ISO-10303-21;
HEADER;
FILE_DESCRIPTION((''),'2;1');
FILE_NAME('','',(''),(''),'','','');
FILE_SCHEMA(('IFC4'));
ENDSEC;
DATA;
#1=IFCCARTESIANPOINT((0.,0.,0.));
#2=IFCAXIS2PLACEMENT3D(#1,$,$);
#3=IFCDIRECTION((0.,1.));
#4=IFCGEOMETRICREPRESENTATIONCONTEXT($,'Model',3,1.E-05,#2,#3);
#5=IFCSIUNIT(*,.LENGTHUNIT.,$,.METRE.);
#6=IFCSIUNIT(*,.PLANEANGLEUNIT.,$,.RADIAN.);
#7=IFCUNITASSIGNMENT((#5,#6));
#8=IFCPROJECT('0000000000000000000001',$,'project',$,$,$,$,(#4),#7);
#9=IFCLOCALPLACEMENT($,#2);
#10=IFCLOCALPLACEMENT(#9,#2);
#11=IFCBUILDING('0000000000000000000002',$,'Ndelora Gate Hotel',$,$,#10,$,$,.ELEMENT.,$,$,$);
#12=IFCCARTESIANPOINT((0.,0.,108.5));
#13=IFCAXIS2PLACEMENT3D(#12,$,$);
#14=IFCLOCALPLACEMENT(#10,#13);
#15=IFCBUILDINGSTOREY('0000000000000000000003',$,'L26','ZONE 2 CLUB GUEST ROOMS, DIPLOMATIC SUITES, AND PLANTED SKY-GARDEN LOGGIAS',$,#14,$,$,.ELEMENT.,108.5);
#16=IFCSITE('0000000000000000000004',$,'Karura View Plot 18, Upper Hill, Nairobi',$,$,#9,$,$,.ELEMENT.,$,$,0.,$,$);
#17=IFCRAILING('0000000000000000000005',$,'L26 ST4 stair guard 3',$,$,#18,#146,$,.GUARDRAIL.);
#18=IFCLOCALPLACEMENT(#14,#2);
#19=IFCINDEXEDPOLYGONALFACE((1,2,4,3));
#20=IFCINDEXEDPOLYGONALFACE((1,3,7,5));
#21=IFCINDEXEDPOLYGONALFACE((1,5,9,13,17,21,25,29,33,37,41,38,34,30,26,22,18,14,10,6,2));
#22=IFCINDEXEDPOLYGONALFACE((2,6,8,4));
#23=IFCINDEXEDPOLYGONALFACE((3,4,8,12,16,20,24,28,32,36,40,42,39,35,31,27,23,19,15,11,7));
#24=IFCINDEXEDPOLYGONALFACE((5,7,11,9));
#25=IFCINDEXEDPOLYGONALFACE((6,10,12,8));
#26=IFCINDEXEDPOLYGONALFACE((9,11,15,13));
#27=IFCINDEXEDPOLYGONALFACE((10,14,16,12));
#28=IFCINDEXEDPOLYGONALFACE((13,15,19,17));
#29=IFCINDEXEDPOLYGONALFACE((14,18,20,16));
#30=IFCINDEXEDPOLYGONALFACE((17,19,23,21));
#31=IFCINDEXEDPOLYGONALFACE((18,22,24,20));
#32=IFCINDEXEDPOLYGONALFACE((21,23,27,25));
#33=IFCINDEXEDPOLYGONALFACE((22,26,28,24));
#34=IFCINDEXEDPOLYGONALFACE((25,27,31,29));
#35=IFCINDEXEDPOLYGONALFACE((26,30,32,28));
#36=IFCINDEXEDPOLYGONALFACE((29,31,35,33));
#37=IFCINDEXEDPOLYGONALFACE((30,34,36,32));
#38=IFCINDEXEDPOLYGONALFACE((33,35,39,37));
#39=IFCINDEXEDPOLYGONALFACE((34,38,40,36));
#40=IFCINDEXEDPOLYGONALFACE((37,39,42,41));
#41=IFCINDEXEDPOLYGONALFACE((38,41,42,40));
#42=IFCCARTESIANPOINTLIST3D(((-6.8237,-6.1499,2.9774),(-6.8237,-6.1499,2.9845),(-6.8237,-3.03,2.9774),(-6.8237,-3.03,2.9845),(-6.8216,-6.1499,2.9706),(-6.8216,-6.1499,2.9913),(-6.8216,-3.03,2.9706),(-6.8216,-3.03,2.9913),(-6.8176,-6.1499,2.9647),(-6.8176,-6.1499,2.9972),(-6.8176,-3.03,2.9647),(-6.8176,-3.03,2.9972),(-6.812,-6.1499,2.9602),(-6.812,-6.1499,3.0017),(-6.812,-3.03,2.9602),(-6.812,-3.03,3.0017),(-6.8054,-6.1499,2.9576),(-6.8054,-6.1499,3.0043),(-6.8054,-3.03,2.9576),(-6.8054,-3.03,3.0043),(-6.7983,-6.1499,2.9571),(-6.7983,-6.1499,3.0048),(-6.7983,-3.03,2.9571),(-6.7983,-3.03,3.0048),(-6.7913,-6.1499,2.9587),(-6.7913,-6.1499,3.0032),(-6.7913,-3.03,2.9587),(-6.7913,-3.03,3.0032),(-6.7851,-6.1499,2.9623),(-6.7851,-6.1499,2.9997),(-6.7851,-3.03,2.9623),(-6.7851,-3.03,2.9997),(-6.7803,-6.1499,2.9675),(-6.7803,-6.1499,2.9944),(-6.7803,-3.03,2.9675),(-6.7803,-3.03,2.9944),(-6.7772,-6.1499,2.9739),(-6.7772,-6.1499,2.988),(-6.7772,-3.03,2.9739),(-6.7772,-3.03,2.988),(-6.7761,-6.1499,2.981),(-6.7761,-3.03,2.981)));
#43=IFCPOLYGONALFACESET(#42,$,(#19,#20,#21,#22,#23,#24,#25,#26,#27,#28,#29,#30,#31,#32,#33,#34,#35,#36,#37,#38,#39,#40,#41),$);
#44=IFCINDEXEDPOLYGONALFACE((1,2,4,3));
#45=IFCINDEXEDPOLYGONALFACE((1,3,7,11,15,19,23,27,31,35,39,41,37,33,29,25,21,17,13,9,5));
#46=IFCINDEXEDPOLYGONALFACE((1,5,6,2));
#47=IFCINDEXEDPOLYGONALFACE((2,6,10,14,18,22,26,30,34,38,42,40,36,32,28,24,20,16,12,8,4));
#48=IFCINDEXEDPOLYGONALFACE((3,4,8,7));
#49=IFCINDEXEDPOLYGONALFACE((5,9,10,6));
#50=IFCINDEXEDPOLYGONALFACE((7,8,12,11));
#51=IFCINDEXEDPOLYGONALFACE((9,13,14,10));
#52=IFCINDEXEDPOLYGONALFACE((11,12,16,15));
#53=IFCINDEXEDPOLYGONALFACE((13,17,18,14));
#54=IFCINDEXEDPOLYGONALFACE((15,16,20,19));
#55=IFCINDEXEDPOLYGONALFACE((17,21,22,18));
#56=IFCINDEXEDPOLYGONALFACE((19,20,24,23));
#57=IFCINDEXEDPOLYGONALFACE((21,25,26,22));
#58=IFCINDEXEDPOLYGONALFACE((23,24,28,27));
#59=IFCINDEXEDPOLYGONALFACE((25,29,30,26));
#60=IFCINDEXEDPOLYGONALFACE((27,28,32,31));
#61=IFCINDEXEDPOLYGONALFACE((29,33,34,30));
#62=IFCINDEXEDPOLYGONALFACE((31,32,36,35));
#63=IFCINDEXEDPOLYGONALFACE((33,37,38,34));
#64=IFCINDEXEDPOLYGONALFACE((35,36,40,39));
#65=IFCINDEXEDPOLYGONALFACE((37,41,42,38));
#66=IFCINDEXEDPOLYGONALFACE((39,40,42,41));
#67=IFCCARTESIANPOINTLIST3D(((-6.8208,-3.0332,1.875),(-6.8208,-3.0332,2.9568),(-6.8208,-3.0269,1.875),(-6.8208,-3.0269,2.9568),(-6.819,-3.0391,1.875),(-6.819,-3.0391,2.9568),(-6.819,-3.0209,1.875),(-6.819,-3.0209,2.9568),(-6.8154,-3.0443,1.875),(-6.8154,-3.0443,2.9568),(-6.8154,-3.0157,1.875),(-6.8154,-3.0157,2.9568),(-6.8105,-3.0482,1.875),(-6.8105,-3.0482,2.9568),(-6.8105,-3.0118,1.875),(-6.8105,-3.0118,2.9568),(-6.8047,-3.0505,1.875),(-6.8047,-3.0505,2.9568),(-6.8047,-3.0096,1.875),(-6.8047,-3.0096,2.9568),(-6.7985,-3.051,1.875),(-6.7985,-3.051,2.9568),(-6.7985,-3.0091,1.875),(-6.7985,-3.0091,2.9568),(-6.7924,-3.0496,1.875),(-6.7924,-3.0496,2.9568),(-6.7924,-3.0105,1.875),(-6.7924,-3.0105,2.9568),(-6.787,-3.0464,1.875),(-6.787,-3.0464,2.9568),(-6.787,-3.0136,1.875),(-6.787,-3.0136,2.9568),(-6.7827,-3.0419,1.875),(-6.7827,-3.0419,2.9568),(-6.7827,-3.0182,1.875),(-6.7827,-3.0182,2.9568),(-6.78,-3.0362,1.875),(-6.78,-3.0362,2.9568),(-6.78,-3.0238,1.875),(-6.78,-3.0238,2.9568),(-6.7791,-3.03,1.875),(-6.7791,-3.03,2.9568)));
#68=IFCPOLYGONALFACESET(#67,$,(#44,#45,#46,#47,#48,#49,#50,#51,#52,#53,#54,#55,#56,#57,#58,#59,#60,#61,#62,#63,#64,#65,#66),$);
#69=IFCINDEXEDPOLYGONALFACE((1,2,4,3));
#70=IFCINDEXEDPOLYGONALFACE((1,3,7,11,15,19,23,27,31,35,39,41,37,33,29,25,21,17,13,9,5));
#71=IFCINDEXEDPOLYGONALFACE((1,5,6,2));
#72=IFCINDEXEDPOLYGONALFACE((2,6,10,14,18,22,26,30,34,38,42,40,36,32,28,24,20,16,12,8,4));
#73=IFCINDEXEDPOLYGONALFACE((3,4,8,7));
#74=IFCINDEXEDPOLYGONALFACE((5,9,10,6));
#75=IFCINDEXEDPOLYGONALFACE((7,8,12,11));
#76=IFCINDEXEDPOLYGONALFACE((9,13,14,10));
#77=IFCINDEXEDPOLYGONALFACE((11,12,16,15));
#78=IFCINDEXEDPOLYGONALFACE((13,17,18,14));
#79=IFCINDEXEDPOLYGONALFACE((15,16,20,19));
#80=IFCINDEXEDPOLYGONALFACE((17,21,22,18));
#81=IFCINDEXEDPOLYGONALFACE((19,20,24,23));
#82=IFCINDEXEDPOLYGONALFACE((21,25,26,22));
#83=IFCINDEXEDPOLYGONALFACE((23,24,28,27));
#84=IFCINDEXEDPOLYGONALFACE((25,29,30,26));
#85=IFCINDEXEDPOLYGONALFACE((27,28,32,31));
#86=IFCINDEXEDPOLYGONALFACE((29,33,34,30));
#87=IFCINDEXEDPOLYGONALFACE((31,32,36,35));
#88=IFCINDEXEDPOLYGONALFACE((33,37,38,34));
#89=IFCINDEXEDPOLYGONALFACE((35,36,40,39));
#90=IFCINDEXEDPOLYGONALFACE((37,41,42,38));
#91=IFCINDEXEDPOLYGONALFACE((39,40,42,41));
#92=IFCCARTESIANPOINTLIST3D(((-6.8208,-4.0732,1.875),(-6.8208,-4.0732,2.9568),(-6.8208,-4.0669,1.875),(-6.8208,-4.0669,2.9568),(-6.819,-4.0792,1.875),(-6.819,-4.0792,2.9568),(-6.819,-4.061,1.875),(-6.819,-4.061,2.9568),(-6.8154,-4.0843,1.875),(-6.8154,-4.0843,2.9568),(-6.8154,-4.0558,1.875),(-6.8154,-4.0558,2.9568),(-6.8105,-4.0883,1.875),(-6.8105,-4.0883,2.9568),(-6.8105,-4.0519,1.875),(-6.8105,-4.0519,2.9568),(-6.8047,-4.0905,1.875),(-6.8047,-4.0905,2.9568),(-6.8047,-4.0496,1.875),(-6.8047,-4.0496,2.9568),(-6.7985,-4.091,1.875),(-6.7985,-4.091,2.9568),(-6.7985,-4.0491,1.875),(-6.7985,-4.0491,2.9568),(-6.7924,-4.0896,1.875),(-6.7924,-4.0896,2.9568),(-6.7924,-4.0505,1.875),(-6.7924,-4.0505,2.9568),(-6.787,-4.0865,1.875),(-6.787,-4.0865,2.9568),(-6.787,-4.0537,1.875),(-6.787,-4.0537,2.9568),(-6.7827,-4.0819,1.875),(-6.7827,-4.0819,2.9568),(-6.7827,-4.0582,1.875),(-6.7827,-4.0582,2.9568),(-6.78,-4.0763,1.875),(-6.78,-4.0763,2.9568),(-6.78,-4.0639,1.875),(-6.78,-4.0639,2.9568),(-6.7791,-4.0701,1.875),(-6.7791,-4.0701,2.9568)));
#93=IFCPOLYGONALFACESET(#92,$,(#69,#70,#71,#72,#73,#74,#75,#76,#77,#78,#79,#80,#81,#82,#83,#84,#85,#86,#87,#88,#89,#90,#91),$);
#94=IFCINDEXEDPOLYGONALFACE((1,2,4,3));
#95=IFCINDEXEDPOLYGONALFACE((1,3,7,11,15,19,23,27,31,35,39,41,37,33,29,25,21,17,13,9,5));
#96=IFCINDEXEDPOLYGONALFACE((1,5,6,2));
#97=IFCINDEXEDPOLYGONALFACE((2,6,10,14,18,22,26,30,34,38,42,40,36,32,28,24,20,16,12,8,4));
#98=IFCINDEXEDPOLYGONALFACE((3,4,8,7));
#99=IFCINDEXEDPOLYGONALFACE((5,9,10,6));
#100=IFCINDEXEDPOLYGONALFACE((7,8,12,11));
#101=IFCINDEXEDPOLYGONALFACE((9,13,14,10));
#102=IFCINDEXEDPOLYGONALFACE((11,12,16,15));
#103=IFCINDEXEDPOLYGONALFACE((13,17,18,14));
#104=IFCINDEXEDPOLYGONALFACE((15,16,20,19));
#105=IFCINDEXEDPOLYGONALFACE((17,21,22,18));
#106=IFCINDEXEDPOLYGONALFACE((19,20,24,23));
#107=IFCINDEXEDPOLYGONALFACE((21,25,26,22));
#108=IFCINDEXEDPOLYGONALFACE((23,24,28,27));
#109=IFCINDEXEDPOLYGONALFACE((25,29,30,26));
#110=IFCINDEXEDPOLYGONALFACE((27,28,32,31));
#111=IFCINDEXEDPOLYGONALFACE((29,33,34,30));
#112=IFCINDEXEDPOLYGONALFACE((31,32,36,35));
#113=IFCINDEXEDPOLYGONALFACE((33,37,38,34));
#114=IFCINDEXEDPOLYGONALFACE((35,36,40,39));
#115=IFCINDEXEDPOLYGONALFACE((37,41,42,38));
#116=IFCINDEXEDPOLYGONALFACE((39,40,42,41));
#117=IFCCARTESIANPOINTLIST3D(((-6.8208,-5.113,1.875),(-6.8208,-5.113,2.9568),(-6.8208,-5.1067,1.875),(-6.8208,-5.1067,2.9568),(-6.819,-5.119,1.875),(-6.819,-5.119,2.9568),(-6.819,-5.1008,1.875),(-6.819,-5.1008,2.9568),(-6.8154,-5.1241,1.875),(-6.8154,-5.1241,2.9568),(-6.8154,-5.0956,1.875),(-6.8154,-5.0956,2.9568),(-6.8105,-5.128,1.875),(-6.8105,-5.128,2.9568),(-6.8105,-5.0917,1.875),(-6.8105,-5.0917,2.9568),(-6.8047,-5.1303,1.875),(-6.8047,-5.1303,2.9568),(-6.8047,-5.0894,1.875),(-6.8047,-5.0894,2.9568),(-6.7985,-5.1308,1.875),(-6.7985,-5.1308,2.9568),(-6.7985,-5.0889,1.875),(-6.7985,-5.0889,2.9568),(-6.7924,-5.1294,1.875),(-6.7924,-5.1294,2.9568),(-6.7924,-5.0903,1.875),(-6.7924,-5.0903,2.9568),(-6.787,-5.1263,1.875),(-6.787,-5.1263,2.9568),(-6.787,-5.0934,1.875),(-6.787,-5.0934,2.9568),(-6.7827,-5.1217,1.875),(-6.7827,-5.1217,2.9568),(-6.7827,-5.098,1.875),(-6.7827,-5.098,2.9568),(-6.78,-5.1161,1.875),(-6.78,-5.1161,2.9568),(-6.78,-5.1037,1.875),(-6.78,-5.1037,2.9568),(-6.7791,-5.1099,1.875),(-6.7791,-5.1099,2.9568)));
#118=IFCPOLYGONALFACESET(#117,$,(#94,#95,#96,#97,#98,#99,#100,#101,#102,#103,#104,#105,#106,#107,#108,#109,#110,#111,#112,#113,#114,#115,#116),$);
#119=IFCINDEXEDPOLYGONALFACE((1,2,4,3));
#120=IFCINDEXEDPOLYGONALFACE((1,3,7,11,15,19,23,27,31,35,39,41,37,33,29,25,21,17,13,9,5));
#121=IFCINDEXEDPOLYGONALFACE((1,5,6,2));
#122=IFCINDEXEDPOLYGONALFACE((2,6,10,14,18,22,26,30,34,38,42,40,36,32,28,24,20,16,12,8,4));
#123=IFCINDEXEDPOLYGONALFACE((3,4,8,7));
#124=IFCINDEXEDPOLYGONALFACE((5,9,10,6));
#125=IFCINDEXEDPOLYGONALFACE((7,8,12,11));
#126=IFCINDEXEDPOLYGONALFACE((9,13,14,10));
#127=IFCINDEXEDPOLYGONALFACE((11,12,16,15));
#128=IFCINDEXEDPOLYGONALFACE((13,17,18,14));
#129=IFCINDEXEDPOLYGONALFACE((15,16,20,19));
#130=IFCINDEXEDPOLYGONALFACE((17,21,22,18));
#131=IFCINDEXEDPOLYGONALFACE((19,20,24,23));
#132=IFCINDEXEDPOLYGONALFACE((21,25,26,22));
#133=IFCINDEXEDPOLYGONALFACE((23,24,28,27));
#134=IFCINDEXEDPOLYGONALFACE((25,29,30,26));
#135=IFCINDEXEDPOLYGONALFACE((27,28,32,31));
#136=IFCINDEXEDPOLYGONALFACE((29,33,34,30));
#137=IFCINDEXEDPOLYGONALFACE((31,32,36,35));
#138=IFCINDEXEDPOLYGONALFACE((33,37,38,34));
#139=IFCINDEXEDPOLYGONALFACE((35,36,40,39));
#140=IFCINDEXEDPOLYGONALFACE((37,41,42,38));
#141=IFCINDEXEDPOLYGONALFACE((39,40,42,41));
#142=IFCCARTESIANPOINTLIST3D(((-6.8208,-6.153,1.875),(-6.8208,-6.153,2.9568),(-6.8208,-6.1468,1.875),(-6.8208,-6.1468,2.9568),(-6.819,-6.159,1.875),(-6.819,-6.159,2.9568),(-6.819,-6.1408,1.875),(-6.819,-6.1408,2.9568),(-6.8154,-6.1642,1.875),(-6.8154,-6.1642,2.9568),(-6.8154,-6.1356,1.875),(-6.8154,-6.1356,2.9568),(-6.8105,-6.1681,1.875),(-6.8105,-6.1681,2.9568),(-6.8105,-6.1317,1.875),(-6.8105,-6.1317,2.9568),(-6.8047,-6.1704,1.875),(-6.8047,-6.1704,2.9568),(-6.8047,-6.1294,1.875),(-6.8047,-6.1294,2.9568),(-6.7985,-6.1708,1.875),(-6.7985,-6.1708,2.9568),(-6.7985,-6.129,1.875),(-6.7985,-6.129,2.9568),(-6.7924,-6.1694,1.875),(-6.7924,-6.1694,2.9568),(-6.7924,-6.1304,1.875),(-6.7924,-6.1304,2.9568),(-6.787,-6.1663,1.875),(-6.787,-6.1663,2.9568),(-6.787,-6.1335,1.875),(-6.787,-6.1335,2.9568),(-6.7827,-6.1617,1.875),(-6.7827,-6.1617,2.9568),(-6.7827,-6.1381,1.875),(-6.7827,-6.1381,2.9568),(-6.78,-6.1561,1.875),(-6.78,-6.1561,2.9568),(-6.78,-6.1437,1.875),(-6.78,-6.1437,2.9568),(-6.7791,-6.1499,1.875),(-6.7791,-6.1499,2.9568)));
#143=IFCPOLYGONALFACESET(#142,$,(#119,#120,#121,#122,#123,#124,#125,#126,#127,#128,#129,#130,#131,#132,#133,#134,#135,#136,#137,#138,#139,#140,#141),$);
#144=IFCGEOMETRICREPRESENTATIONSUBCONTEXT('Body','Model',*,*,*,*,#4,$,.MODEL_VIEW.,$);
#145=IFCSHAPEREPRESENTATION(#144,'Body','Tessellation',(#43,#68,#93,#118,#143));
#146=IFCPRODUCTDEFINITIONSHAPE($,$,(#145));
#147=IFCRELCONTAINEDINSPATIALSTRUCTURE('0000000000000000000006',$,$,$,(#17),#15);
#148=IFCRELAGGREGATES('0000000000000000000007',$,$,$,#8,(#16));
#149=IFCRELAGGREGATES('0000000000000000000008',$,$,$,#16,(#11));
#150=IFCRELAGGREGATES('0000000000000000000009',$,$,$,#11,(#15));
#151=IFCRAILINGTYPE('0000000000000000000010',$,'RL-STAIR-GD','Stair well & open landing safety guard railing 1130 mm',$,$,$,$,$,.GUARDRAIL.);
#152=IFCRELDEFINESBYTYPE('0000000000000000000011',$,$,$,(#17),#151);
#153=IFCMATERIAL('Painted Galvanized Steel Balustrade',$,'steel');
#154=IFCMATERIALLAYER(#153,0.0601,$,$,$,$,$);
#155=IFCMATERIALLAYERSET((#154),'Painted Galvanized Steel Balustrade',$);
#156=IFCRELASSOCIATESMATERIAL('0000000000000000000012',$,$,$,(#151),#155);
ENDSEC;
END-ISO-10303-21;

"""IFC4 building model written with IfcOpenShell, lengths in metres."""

from ifc_helpers import new_model, si_unit, direction, frame, origin, origin_2d, place, context, subcontext, project, spatial, circle, extrude, material, layer, layer_set, type_object, element, save


model = new_model("IFC4")

# Units and contexts
model_context = context("Model", 3, precision=1e-05, world=origin(), true_north=direction((0.0, 1.0)))
body_context = subcontext(model_context, "Body", "Model", "MODEL_VIEW")
ifc_project = project(units=[si_unit("LENGTHUNIT", "METRE"), si_unit("PLANEANGLEUNIT", "RADIAN")], contexts=[model_context])

# Site, building, storey
site_placement = place(None, origin())
site = spatial("IfcSite", under=ifc_project, at=site_placement, Name="Karura View Plot 18, Upper Hill, Nairobi", CompositionType="ELEMENT", RefElevation=0.0)
building_placement = place(site_placement, origin())
building = spatial("IfcBuilding", under=site, at=building_placement, Name="Ndelora Gate Hotel", CompositionType="ELEMENT")
storey_placement = place(building_placement, frame((0.0, 0.0, 108.5)))
storey = spatial("IfcBuildingStorey", under=building, at=storey_placement, Name="L26", Description="ZONE 2 CLUB GUEST ROOMS, DIPLOMATIC SUITES, AND PLANTED SKY-GARDEN LOGGIAS", CompositionType="ELEMENT", Elevation=108.5)

# Railing
ifc_material_1 = material(Name="Painted Galvanized Steel Balustrade", Category="steel")
ifc_layer_1 = layer(ifc_material_1, 0.0601)
ifc_layer_set_1 = layer_set([ifc_layer_1], Name="Painted Galvanized Steel Balustrade")
railing_type_1 = type_object("IfcRailingType", Name="RL-STAIR-GD", Description="Stair well & open landing safety guard railing 1130 mm", PredefinedType="GUARDRAIL", material=ifc_layer_set_1)
for number, where, name in (
    (1, (-6.8, -3.03, 1.875), "L26 ST4 stair guard 3"),
):
    element("IfcRailing", number, at=place(storey_placement, frame(where)), inside=storey, type_object=railing_type_1, Name=name, PredefinedType="GUARDRAIL", context=body_context, shape_type="SweptSolid", body=[
        extrude(circle(Radius=0.0239, at=origin_2d()), frame((0.0, 0.0, 1.106), z_axis=(0.0, -1.0, 0.0), x_axis=(1.0, 0.0, 0.0)), (0.0, 0.0, 1.0), 3.1199),
        extrude(circle(Radius=0.021, at=origin_2d()), origin(), (0.0, 0.0, 1.0), 1.0818),
        extrude(circle(Radius=0.021, at=origin_2d()), frame((0.0, -1.04, 0.0)), (0.0, 0.0, 1.0), 1.0818),
        extrude(circle(Radius=0.021, at=origin_2d()), frame((0.0, -2.0798, 0.0)), (0.0, 0.0, 1.0), 1.0818),
        extrude(circle(Radius=0.021, at=origin_2d()), frame((0.0, -3.1199, 0.0)), (0.0, 0.0, 1.0), 1.0818),
    ])

save(model, "model.ifc")
